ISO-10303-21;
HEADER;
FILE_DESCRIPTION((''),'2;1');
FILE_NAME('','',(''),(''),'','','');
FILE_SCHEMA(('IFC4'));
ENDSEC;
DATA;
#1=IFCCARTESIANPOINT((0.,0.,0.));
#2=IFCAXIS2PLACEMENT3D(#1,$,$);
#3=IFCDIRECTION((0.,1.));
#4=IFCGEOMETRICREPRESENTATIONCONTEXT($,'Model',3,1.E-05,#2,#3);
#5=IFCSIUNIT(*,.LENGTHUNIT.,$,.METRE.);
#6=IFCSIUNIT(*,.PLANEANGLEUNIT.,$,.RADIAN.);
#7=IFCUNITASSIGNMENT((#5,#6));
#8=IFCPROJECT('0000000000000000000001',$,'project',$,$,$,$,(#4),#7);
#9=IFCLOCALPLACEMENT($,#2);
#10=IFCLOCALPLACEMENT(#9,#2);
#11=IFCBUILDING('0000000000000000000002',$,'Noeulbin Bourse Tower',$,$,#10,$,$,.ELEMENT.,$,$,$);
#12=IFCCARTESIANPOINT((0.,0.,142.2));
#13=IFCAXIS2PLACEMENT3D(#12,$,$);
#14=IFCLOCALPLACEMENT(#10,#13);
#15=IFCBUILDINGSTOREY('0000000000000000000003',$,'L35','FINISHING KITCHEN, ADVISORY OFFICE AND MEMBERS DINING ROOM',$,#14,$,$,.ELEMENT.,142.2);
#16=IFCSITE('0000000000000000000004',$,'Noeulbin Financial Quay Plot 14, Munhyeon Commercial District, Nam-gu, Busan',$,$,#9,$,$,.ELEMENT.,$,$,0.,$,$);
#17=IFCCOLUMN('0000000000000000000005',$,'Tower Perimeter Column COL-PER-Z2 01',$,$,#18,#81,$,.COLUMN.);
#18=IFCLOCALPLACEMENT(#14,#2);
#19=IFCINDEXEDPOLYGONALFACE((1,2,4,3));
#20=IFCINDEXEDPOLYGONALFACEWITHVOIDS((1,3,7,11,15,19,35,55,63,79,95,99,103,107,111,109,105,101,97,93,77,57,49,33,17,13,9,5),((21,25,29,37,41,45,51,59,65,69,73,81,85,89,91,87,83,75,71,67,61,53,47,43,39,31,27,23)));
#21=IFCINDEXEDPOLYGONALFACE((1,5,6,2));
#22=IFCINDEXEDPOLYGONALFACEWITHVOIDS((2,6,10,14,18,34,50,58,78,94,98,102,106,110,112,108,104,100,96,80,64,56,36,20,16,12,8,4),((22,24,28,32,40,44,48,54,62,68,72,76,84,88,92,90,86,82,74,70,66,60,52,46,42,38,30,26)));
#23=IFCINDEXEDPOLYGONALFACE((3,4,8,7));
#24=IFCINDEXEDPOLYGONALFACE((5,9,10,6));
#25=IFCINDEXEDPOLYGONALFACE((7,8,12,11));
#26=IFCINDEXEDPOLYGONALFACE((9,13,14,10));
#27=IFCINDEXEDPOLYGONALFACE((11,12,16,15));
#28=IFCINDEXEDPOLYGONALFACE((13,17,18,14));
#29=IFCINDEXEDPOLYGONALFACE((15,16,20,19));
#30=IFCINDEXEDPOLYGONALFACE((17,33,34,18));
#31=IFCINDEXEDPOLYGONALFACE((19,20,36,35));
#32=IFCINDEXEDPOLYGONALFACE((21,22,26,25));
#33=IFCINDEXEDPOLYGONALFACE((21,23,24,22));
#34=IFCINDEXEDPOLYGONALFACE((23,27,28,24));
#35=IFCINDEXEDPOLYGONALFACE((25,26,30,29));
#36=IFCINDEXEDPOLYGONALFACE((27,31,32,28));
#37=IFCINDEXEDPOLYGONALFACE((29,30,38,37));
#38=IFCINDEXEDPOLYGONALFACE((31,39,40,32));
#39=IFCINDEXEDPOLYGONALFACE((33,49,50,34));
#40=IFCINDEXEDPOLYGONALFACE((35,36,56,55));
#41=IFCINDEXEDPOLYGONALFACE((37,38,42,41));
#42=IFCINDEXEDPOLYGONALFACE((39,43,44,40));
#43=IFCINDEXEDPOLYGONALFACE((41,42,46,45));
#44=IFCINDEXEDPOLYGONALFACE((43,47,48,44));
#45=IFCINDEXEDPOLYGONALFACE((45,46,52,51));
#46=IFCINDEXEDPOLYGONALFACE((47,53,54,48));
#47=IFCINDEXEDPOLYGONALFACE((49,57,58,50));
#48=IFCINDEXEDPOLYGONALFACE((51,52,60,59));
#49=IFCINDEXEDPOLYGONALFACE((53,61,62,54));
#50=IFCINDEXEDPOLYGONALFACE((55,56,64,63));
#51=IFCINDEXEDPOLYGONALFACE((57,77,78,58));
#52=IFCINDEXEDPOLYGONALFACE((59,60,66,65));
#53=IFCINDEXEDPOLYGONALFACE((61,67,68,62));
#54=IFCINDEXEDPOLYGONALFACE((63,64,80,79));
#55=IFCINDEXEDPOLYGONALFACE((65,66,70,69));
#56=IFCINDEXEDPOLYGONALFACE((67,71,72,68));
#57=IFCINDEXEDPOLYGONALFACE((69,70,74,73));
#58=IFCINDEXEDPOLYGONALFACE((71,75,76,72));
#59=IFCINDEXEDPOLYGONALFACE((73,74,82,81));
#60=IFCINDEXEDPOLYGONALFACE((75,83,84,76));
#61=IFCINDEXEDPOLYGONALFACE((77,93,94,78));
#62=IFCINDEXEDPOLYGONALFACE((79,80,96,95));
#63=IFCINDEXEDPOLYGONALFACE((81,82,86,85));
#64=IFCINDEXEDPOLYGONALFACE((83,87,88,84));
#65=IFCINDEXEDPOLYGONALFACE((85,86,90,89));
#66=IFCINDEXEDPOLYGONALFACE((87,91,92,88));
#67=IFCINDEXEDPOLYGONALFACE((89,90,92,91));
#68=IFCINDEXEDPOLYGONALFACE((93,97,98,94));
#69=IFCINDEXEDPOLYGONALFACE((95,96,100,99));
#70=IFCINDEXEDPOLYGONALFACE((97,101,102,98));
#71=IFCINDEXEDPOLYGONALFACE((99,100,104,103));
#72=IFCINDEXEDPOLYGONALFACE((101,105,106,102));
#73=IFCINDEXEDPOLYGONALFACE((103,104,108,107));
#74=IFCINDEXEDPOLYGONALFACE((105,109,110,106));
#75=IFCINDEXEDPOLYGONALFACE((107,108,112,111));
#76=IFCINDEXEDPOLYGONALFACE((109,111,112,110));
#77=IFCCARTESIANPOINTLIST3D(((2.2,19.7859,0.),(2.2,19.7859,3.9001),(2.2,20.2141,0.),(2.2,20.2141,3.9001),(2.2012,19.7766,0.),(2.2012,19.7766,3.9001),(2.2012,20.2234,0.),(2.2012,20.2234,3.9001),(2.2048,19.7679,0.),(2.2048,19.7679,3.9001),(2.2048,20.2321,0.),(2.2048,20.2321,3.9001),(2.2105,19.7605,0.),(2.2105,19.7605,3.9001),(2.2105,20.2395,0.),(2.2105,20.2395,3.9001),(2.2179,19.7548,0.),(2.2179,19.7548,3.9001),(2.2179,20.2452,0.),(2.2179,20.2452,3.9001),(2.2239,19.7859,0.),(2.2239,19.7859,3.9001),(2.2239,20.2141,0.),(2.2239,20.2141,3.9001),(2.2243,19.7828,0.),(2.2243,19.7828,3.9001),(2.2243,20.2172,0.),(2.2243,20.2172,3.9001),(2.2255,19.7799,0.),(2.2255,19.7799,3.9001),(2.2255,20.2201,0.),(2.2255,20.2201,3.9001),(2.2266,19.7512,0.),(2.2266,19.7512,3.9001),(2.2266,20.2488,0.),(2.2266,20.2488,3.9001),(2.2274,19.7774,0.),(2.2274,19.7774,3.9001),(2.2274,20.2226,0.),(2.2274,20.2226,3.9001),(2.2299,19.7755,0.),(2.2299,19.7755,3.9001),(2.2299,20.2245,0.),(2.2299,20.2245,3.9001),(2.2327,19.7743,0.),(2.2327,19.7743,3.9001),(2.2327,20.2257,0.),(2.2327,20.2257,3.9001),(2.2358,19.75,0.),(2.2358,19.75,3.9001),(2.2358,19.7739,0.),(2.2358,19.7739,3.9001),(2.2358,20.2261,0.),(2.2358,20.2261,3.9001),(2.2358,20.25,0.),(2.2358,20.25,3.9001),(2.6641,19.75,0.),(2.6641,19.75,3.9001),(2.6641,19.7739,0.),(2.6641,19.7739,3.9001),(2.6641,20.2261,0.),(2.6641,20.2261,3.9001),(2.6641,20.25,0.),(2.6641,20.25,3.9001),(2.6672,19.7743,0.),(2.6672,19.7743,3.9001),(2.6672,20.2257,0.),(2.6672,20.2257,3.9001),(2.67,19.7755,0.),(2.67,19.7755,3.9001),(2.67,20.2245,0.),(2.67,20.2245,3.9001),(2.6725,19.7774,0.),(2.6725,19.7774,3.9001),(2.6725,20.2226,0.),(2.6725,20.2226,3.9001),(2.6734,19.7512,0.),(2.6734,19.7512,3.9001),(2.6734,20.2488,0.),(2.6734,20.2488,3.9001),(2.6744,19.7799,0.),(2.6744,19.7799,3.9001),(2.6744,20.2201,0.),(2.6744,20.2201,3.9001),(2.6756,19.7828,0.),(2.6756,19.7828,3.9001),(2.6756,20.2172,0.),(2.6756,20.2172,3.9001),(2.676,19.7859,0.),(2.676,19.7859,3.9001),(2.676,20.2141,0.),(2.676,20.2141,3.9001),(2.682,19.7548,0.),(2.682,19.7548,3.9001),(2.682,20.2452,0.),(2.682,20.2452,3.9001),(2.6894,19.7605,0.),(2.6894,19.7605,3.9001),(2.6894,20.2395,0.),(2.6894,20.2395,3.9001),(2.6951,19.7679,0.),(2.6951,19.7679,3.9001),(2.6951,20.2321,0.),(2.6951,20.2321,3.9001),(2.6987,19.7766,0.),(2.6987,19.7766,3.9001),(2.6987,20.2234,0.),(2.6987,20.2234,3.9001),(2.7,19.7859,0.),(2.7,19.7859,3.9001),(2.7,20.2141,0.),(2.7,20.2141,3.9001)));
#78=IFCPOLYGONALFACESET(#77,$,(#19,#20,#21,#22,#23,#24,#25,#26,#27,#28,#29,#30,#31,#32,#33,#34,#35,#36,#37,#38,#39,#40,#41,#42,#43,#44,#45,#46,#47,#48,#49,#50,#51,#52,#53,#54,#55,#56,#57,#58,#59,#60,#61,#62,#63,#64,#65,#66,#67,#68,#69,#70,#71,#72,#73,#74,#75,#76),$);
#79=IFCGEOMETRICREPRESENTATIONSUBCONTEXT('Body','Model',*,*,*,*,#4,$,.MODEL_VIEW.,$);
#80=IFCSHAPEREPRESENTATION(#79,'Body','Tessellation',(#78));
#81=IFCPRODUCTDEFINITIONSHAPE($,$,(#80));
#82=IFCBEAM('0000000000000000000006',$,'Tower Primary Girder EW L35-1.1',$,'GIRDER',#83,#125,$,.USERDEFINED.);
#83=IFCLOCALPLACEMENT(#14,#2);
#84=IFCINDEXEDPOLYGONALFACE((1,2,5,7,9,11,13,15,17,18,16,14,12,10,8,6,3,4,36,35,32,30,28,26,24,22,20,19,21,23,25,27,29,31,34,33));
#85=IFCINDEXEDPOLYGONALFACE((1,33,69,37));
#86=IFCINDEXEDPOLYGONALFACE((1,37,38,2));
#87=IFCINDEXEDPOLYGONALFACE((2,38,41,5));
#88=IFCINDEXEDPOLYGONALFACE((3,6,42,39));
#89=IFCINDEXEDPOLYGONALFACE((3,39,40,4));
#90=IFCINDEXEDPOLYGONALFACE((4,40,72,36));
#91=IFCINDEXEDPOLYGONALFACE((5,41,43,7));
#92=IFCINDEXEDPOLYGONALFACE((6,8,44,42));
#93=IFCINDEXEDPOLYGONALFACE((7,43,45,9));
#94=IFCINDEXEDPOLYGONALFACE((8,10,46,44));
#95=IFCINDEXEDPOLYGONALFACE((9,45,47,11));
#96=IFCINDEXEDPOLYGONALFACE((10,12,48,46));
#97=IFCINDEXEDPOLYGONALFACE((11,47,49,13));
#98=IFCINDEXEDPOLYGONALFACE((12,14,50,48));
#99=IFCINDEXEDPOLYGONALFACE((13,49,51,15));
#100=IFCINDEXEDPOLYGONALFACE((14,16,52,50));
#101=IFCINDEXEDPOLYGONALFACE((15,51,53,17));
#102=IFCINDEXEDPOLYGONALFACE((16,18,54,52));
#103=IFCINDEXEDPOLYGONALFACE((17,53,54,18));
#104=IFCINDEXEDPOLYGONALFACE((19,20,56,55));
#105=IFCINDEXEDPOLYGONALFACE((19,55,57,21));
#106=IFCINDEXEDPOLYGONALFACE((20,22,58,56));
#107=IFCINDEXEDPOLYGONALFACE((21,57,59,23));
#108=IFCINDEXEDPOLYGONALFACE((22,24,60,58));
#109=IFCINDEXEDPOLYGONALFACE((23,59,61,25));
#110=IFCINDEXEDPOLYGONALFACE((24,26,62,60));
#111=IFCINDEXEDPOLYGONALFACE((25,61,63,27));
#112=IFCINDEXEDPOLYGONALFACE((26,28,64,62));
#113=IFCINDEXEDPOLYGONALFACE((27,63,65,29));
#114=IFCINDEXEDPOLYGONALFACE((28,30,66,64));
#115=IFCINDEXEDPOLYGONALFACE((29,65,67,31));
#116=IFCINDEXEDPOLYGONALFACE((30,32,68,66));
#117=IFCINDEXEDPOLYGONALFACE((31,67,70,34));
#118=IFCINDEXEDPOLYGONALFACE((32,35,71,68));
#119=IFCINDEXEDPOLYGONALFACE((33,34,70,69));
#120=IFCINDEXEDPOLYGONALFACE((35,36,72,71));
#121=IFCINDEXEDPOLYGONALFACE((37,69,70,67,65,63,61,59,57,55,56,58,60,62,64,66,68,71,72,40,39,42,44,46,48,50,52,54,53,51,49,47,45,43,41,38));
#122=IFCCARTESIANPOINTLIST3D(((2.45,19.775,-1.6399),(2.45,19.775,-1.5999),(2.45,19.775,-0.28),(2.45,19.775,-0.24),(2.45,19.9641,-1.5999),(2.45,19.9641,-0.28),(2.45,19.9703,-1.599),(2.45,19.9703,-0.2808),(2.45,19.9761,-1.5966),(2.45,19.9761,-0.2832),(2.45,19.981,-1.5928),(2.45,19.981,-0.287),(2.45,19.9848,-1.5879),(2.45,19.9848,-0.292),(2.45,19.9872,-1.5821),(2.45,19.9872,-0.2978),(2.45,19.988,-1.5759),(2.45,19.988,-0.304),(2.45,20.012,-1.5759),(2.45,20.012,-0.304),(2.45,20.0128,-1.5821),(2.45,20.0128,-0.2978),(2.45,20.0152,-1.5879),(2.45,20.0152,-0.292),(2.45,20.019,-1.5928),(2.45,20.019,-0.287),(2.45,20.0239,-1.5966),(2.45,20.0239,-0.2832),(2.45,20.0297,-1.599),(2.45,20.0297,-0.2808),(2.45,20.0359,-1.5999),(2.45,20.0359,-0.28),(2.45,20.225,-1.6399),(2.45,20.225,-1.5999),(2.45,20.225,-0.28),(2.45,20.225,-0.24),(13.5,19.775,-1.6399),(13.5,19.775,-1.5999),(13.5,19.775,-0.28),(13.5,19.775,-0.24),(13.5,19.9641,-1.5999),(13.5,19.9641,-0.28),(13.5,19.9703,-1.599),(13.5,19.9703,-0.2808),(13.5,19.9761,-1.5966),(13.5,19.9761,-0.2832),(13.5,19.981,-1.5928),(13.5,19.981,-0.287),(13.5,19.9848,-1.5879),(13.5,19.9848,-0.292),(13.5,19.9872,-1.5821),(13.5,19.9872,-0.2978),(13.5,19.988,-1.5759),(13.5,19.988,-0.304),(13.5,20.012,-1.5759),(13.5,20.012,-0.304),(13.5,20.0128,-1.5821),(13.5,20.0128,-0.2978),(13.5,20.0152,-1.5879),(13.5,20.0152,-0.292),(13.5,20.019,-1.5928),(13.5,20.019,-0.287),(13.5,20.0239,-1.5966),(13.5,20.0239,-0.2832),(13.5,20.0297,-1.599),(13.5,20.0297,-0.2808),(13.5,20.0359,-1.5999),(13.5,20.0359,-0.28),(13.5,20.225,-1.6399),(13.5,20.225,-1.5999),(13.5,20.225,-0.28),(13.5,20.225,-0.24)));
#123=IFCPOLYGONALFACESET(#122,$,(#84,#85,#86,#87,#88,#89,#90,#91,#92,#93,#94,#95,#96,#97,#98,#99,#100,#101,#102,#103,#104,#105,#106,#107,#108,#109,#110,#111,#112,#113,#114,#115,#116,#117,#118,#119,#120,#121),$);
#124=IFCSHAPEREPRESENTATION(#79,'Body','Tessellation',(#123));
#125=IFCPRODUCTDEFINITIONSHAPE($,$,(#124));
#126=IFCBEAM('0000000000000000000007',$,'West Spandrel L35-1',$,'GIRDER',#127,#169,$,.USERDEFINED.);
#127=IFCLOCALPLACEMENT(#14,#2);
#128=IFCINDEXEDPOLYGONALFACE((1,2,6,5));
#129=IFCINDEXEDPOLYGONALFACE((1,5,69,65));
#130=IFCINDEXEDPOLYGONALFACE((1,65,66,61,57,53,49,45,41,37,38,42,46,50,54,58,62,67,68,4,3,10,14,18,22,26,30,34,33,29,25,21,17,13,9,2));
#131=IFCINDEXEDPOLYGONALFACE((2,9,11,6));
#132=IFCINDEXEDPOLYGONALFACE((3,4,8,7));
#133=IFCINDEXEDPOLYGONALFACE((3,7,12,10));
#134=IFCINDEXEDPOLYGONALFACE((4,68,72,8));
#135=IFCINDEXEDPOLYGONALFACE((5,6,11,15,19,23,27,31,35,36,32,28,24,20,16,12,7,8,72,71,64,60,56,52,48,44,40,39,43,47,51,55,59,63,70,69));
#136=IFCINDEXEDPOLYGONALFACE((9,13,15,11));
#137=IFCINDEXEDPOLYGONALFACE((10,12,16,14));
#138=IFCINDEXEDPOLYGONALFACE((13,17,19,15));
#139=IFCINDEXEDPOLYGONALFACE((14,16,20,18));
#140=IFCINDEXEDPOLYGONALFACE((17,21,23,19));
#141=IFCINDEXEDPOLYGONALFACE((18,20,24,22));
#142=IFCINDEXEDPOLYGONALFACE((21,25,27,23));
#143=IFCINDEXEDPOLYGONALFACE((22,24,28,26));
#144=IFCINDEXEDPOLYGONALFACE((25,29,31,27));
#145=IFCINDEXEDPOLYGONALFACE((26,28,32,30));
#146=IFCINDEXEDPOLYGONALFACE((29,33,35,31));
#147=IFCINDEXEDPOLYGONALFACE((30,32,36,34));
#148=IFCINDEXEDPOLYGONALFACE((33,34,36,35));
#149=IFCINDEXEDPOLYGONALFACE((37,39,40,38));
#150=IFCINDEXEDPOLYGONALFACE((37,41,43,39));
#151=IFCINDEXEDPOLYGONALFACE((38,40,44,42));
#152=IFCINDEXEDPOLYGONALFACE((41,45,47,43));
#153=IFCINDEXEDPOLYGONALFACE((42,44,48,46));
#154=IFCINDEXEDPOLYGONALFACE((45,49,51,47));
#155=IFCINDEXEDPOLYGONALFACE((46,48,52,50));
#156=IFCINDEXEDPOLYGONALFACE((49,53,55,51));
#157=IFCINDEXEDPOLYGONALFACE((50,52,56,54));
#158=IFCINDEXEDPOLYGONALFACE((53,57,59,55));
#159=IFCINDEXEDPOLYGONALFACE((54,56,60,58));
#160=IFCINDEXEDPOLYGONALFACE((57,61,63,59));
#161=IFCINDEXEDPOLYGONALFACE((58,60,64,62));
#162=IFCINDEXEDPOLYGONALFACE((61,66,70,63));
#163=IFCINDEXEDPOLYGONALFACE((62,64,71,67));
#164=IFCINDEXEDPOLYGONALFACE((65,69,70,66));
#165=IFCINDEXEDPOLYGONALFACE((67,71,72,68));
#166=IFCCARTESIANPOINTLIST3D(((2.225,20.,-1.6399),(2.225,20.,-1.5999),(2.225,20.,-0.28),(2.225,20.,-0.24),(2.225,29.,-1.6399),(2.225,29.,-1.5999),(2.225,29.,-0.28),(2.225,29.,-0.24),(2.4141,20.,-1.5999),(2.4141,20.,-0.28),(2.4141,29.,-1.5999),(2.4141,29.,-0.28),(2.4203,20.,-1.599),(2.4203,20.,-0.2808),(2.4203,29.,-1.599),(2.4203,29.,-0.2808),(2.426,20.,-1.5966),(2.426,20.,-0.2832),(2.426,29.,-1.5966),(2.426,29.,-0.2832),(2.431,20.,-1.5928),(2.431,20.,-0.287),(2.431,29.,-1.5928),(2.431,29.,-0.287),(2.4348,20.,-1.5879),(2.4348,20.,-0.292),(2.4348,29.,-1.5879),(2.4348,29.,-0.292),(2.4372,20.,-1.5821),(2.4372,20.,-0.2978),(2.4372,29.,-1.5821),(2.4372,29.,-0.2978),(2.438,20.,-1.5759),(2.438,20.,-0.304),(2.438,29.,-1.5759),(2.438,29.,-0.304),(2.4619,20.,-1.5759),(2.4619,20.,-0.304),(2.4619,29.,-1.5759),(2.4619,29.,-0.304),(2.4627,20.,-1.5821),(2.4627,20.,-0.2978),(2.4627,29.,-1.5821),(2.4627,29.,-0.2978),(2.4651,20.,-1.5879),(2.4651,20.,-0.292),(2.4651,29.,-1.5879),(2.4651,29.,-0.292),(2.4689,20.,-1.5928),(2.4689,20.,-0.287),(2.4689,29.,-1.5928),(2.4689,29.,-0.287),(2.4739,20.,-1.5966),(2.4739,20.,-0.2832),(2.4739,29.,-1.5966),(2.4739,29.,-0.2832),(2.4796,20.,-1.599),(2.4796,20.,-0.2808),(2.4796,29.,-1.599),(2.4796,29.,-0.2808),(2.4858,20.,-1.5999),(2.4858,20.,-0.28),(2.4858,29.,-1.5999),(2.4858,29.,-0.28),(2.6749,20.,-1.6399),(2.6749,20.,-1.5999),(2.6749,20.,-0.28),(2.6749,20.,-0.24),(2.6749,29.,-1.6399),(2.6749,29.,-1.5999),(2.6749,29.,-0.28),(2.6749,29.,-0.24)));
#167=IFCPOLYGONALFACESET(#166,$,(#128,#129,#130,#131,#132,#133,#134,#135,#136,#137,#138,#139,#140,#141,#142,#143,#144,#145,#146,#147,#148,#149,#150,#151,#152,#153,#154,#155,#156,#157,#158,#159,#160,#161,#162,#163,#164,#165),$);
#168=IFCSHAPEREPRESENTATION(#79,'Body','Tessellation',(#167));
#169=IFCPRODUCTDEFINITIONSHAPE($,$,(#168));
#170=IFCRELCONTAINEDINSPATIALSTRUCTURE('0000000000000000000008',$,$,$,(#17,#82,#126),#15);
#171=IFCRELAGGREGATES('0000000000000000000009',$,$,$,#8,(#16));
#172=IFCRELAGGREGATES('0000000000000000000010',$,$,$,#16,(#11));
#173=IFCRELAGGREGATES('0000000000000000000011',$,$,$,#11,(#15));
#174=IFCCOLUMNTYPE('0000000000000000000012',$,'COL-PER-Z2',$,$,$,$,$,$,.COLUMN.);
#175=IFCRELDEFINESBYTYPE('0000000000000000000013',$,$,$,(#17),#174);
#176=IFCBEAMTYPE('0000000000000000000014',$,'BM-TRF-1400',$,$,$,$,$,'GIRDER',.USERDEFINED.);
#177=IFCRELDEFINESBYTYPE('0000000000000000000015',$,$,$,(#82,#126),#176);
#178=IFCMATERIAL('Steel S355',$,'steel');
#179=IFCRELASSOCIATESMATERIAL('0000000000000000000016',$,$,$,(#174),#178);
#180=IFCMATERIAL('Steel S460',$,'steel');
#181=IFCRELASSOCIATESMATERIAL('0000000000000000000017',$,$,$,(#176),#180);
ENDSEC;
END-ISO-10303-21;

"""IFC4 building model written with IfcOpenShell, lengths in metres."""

from ifc_helpers import new_model, si_unit, direction, frame, origin, origin_2d, place, context, subcontext, project, spatial, hollow_rectangle, i_section, extrude, material, material_profile, profile_set, type_object, element, save


model = new_model("IFC4")

# Units and contexts
model_context = context("Model", 3, precision=1e-05, world=origin(), true_north=direction((0.0, 1.0)))
body_context = subcontext(model_context, "Body", "Model", "MODEL_VIEW")
ifc_project = project(units=[si_unit("LENGTHUNIT", "METRE"), si_unit("PLANEANGLEUNIT", "RADIAN")], contexts=[model_context])

# Site, building, storey
site_placement = place(None, origin())
site = spatial("IfcSite", under=ifc_project, at=site_placement, Name="Noeulbin Financial Quay Plot 14, Munhyeon Commercial District, Nam-gu, Busan", CompositionType="ELEMENT", RefElevation=0.0)
building_placement = place(site_placement, origin())
building = spatial("IfcBuilding", under=site, at=building_placement, Name="Noeulbin Bourse Tower", CompositionType="ELEMENT")
storey_placement = place(building_placement, frame((0.0, 0.0, 142.2)))
storey = spatial("IfcBuildingStorey", under=building, at=storey_placement, Name="L35", Description="FINISHING KITCHEN, ADVISORY OFFICE AND MEMBERS DINING ROOM", CompositionType="ELEMENT", Elevation=142.2)

# Column
ifc_material_1 = material(Name="Steel S355", Category="steel")
ifc_material_profile_1 = material_profile(ifc_material_1, hollow_rectangle(XDim=0.5, YDim=0.5, WallThickness=0.0239, InnerFilletRadius=0.012, OuterFilletRadius=0.0359, at=origin_2d()), Name="BOX-500x500x24", Category="LoadBearing")
ifc_profile_set_1 = profile_set([ifc_material_profile_1], Name="Steel S355")
column_type = type_object("IfcColumnType", Name="COL-PER-Z2", PredefinedType="COLUMN", material=ifc_profile_set_1)
column_placement = place(storey_placement, frame((2.45, 20.0, 0.0), z_axis=(0.0, 0.0, 1.0), x_axis=(1.0, 0.0, 0.0)))
element("IfcColumn", 1, at=column_placement, inside=storey, type_object=column_type, Name="Tower Perimeter Column COL-PER-Z2 01", PredefinedType="COLUMN", context=body_context, shape_type="SweptSolid", body=[
    extrude(hollow_rectangle(XDim=0.5, YDim=0.5, WallThickness=0.0239, InnerFilletRadius=0.012, OuterFilletRadius=0.0359, at=origin_2d()), origin(), (0.0, 0.0, 1.0), 3.9001),
])

# Beams
ifc_material_2 = material(Name="Steel S460", Category="steel")
ifc_material_profile_2 = material_profile(ifc_material_2, i_section(OverallWidth=0.45, OverallDepth=1.3999, WebThickness=0.0239, FlangeThickness=0.04, FilletRadius=0.0239, at=origin_2d()), Name="PG-1400x450x24x40", Category="LoadBearing")
ifc_profile_set_2 = profile_set([ifc_material_profile_2], Name="Steel S460")
beam_type = type_object("IfcBeamType", Name="BM-TRF-1400", ElementType="GIRDER", PredefinedType="USERDEFINED", material=ifc_profile_set_2)
beam_1_placement = place(storey_placement, frame((2.45, 20.0, -0.9399), z_axis=(1.0, 0.0, 0.0), x_axis=(0.0, 1.0, 0.0)))
element("IfcBeam", 2, at=beam_1_placement, inside=storey, type_object=beam_type, Name="Tower Primary Girder EW L35-1.1", ObjectType="GIRDER", PredefinedType="USERDEFINED", context=body_context, shape_type="SweptSolid", body=[
    extrude(i_section(OverallWidth=0.45, OverallDepth=1.3999, WebThickness=0.0239, FlangeThickness=0.04, FilletRadius=0.0239, at=origin_2d()), origin(), (0.0, 0.0, 1.0), 11.05),
])
beam_2_placement = place(storey_placement, frame((2.45, 20.0, -0.9399), z_axis=(0.0, 1.0, 0.0), x_axis=(-1.0, 0.0, 0.0)))
element("IfcBeam", 3, at=beam_2_placement, inside=storey, type_object=beam_type, Name="West Spandrel L35-1", ObjectType="GIRDER", PredefinedType="USERDEFINED", context=body_context, shape_type="SweptSolid", body=[
    extrude(i_section(OverallWidth=0.45, OverallDepth=1.3999, WebThickness=0.0239, FlangeThickness=0.04, FilletRadius=0.0239, at=origin_2d()), origin(), (0.0, 0.0, 1.0), 9.0),
])

save(model, "model.ifc")
